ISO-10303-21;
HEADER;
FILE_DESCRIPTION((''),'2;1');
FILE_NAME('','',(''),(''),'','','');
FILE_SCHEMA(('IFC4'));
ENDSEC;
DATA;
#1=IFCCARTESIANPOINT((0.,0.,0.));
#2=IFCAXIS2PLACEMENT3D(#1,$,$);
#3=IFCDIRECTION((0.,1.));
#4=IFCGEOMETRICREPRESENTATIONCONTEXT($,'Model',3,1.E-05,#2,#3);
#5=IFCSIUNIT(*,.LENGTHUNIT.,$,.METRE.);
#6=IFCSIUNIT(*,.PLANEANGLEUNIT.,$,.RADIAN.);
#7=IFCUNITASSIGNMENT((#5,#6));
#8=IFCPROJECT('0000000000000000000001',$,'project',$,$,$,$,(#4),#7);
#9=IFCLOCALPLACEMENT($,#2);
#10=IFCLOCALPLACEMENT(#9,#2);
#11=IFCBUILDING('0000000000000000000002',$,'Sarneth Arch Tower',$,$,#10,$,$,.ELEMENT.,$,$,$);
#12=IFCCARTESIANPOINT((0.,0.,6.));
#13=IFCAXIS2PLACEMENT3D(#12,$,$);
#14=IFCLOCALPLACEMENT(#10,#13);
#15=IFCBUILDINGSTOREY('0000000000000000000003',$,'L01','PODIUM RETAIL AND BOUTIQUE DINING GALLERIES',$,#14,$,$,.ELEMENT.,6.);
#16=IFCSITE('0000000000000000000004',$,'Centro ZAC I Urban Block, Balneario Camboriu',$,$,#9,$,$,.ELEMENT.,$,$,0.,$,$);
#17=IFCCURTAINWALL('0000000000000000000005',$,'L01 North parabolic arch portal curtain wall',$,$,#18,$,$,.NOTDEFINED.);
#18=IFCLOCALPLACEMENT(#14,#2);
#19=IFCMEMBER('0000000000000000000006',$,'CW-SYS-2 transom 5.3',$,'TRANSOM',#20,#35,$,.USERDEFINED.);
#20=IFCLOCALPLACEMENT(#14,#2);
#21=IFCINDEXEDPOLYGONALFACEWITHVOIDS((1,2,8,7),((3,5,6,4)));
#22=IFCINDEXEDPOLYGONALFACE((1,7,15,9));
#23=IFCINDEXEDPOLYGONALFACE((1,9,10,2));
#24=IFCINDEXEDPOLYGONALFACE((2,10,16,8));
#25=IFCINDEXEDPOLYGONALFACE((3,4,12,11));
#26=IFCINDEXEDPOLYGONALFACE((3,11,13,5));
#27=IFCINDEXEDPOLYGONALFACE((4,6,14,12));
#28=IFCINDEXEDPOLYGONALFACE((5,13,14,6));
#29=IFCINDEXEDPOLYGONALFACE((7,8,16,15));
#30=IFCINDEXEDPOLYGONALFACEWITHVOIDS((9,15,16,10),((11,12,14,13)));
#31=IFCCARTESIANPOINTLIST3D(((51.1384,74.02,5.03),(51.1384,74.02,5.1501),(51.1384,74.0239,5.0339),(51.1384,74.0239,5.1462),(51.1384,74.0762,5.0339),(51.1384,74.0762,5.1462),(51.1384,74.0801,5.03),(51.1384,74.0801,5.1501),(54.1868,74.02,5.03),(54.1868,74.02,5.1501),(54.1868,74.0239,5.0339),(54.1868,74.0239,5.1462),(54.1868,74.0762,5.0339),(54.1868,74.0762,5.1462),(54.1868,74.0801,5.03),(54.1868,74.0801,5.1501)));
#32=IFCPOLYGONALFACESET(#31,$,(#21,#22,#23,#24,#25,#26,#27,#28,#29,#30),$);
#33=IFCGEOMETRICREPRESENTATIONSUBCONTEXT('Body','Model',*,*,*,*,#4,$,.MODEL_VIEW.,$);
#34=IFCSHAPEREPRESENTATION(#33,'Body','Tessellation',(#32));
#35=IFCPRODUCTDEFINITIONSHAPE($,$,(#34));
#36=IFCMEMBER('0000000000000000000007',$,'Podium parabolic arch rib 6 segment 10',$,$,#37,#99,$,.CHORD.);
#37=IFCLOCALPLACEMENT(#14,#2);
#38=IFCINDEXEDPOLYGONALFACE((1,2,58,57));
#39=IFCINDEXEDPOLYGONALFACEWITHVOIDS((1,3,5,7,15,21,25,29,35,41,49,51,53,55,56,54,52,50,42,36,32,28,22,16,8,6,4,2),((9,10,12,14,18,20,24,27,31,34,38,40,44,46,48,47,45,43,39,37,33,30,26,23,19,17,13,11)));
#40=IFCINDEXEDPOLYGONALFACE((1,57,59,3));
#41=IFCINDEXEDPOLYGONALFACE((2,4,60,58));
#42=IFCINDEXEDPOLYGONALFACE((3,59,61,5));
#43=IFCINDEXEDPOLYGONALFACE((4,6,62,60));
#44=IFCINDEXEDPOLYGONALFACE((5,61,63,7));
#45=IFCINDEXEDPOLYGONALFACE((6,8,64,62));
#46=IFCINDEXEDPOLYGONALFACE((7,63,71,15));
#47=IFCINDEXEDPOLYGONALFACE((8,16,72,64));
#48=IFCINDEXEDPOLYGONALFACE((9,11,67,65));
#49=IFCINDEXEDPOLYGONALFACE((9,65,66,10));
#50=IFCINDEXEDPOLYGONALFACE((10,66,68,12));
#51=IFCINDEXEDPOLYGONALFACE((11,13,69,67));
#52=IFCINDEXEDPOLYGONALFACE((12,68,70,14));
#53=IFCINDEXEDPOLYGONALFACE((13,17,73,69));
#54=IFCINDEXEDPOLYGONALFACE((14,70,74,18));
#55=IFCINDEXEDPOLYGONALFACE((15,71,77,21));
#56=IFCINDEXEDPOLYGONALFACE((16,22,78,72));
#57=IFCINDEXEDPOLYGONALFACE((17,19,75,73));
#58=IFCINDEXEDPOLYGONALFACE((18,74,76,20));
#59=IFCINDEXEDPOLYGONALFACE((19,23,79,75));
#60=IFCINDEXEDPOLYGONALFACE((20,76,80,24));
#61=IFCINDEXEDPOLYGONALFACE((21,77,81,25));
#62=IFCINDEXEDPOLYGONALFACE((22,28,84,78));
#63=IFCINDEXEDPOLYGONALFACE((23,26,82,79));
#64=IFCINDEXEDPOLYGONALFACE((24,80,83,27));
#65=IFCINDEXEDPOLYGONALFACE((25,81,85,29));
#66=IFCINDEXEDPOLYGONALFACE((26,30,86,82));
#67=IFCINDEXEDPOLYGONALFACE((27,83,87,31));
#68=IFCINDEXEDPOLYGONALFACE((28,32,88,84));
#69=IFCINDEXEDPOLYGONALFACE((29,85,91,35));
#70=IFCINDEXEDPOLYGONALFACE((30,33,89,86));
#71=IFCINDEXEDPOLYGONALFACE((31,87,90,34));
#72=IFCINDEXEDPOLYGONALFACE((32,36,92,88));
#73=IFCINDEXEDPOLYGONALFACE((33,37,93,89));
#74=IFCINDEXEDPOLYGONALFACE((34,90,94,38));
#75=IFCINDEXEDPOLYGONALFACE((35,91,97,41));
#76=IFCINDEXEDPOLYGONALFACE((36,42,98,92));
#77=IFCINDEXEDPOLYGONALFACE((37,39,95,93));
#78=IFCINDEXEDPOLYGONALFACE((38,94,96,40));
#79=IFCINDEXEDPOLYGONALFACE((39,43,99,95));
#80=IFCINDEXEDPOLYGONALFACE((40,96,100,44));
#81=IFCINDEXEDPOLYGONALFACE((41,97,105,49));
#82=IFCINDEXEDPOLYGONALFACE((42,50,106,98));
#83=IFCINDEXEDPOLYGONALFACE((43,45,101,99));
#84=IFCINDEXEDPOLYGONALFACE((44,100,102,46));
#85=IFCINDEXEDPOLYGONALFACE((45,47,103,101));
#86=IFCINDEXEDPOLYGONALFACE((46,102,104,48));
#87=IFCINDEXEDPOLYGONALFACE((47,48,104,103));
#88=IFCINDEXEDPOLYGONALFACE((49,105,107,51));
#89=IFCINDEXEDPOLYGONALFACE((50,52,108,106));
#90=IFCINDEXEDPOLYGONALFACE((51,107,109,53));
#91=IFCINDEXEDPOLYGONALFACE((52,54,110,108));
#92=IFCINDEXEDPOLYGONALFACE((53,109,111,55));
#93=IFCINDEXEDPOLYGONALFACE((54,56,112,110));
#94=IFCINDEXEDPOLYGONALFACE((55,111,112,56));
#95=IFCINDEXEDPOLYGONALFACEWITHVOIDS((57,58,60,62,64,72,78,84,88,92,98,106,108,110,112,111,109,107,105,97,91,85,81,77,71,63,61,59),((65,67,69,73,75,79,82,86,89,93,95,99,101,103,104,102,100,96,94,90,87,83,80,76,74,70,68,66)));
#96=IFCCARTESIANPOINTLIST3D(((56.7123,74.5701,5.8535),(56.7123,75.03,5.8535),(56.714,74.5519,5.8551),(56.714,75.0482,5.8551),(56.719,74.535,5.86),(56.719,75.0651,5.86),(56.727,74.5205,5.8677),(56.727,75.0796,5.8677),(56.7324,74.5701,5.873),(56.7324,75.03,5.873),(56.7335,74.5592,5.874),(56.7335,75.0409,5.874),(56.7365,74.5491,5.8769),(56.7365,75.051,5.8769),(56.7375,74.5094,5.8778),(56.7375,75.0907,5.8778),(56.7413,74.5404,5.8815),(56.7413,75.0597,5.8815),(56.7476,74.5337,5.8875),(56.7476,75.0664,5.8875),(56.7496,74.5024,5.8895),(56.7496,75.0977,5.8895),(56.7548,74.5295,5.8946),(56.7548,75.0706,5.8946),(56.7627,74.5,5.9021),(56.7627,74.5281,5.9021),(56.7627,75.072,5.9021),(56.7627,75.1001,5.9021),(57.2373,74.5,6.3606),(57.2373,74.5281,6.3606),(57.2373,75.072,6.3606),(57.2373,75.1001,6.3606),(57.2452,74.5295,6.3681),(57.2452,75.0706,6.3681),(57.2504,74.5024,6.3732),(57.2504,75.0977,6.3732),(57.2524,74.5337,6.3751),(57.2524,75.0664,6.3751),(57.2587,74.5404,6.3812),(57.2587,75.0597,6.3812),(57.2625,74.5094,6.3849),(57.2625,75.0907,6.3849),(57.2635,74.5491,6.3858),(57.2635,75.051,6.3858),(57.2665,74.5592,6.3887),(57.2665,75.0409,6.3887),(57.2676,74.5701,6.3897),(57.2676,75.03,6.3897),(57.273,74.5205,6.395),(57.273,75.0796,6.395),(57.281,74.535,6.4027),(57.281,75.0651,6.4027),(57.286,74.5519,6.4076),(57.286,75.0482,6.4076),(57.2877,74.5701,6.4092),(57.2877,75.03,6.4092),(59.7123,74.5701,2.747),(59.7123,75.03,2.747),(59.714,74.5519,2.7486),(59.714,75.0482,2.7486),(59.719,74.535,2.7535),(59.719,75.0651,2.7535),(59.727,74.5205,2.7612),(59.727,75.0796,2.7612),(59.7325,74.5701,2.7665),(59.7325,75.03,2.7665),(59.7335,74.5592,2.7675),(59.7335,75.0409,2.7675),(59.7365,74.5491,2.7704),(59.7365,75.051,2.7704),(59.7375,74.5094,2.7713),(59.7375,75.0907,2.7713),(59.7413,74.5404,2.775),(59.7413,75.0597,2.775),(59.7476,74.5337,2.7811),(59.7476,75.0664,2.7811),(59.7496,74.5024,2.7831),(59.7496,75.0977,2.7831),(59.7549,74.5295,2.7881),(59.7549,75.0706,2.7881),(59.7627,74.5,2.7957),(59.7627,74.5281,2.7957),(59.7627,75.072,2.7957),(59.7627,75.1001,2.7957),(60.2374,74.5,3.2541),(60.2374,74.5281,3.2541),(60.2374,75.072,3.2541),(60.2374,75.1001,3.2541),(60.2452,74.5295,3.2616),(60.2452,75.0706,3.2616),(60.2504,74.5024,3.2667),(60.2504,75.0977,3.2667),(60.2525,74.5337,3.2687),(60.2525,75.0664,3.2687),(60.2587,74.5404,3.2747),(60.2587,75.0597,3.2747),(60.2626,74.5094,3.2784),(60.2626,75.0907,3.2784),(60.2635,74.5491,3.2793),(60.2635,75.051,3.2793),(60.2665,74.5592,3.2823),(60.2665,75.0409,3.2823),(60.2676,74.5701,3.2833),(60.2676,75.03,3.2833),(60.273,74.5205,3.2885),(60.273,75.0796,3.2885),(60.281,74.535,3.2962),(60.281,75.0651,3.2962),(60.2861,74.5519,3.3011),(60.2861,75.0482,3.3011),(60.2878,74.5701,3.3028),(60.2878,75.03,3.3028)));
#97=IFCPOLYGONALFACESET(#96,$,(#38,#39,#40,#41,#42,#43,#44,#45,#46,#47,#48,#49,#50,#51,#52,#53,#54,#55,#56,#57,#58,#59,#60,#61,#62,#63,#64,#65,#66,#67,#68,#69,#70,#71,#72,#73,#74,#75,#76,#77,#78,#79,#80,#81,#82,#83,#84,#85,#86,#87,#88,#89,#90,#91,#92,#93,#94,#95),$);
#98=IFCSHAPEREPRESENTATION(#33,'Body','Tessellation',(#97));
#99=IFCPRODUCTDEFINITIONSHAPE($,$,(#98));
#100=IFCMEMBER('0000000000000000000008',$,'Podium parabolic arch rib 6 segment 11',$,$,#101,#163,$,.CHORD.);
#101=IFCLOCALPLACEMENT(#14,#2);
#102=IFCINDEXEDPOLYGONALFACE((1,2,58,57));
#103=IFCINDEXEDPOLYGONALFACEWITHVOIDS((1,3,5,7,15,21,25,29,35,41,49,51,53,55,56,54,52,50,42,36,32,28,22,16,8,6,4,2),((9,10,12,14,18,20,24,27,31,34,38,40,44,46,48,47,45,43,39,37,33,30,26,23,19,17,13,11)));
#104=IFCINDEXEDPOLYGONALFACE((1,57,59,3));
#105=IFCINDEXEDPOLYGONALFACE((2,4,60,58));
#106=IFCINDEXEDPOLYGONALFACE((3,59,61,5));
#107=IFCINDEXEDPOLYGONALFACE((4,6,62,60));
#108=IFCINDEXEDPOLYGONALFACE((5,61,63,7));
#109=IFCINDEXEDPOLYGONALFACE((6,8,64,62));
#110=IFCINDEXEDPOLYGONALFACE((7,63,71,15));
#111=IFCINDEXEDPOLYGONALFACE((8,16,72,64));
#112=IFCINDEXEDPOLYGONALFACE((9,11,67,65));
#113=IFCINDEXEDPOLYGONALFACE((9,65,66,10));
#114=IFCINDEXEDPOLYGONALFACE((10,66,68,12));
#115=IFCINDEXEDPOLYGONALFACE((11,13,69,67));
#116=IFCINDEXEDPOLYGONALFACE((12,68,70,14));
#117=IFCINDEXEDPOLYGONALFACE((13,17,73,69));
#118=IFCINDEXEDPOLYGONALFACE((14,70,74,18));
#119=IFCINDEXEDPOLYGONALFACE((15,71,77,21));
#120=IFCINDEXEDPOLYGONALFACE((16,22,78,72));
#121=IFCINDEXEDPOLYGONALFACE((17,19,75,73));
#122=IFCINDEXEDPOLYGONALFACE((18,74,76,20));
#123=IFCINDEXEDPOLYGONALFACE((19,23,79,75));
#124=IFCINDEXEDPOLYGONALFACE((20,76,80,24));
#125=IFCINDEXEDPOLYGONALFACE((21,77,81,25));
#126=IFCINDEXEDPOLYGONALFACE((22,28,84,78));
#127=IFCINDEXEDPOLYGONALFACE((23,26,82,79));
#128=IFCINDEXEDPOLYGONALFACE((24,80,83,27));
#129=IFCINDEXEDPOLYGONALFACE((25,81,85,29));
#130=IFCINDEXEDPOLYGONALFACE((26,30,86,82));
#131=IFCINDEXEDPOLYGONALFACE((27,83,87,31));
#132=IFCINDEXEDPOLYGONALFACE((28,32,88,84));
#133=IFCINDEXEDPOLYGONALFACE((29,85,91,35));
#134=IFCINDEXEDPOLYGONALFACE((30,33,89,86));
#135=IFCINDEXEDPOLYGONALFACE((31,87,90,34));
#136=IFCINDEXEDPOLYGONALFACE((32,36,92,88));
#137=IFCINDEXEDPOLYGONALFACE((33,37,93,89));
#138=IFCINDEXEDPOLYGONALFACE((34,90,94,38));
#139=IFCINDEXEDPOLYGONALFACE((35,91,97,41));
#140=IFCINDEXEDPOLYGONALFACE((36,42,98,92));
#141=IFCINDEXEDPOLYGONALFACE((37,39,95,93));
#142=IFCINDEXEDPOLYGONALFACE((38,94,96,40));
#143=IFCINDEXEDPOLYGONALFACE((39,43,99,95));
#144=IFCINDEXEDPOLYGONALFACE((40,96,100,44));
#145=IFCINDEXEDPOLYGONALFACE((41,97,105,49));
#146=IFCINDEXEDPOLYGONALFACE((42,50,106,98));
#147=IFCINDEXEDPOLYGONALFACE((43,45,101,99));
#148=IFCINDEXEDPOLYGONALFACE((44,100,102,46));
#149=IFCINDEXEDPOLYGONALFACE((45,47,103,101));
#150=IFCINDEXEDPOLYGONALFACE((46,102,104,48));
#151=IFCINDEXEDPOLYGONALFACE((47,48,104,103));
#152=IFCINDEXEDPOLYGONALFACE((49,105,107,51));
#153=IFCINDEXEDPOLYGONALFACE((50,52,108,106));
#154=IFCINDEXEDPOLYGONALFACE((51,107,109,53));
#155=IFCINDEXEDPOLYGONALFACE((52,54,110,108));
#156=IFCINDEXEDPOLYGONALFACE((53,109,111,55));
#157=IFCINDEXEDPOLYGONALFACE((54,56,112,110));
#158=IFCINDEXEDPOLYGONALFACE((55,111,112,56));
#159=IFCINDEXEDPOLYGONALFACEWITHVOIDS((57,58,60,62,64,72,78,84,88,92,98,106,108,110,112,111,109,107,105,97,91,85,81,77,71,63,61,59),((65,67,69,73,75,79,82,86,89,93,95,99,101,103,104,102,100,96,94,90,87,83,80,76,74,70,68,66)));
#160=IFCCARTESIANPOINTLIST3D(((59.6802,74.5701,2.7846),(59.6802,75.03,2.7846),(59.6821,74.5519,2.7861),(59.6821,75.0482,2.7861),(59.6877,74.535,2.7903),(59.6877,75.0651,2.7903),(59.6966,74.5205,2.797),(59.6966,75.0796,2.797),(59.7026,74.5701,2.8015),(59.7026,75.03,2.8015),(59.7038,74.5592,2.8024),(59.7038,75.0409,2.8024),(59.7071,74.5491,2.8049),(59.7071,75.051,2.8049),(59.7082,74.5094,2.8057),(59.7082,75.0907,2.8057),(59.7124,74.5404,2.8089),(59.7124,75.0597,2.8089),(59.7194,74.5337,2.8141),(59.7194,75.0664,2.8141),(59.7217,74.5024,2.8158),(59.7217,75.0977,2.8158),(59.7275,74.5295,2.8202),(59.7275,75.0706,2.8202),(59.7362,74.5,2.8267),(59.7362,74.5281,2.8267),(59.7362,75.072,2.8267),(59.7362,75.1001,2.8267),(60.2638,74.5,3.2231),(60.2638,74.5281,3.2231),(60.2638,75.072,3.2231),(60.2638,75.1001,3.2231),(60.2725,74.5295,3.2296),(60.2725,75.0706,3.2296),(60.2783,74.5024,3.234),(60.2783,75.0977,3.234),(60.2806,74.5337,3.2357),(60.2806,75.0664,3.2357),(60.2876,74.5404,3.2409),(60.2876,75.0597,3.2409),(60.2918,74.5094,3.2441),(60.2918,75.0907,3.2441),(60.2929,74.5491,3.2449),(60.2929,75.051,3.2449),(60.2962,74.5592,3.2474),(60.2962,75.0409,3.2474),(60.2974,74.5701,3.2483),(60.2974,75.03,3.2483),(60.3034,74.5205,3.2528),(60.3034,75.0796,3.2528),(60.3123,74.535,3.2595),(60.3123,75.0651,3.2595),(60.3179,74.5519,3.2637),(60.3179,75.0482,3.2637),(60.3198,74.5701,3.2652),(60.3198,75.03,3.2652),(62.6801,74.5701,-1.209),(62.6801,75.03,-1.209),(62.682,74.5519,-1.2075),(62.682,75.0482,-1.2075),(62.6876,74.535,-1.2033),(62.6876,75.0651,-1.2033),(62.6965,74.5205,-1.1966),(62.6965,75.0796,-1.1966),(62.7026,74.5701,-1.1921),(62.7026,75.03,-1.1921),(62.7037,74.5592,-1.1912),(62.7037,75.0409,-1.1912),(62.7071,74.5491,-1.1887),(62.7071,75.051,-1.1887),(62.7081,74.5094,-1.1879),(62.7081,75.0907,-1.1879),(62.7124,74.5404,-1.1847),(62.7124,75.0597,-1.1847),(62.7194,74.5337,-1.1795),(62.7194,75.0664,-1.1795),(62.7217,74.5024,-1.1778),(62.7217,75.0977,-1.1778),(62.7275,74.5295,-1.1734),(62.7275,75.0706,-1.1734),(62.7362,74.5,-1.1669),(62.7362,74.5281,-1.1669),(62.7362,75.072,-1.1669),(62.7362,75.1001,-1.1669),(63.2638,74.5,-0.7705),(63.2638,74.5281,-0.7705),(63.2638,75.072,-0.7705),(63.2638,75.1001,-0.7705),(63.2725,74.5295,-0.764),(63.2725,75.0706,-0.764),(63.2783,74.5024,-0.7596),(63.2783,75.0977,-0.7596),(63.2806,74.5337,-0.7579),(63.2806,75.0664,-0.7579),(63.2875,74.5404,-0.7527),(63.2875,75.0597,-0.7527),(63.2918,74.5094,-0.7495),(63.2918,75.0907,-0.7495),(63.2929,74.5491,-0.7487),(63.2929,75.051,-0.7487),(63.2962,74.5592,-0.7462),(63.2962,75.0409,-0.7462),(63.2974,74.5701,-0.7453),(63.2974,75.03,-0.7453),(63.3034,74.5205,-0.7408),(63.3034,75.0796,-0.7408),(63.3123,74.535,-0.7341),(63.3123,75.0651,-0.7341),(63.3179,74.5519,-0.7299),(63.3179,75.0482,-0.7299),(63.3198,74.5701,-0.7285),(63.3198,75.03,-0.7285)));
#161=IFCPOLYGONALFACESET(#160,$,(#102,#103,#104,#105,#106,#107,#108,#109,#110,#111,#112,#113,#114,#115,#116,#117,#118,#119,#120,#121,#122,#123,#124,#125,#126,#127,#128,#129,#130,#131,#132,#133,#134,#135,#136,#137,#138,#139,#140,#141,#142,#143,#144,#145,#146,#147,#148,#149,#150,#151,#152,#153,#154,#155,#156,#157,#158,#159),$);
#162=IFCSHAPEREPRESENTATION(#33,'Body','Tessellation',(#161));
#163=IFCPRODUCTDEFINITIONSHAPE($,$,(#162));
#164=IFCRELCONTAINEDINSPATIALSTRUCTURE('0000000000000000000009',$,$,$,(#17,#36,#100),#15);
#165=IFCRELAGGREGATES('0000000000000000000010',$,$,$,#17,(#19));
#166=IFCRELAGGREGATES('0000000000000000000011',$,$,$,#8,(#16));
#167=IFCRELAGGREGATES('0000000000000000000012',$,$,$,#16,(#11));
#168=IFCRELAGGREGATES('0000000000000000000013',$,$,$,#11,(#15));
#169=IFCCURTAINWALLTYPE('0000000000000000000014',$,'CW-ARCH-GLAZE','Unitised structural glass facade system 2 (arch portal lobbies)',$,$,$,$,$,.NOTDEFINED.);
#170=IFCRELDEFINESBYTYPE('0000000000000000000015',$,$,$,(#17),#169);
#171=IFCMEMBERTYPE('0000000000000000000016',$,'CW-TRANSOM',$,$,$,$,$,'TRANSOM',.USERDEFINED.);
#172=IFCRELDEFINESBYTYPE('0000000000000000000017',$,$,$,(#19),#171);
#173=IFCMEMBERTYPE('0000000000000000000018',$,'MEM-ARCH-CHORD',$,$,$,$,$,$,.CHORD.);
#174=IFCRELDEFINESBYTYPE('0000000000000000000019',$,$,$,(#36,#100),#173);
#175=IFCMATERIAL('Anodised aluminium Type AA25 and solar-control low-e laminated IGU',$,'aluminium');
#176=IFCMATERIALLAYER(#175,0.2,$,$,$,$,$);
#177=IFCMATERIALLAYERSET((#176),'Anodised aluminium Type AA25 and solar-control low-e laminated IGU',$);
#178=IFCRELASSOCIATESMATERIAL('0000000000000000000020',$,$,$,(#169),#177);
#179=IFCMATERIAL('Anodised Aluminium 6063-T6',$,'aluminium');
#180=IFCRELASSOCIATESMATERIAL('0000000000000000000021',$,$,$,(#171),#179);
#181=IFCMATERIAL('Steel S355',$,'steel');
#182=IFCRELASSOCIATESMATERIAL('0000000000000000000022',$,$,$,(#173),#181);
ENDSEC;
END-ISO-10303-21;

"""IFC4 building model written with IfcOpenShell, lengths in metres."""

from ifc_helpers import new_model, si_unit, direction, frame, origin, origin_2d, place, context, subcontext, project, spatial, hollow_rectangle, extrude, material, layer, layer_set, material_profile, profile_set, type_object, element, aggregate, save


model = new_model("IFC4")

# Units and contexts
model_context = context("Model", 3, precision=1e-05, world=origin(), true_north=direction((0.0, 1.0)))
body_context = subcontext(model_context, "Body", "Model", "MODEL_VIEW")
ifc_project = project(units=[si_unit("LENGTHUNIT", "METRE"), si_unit("PLANEANGLEUNIT", "RADIAN")], contexts=[model_context])

# Site, building, storey
site_placement = place(None, origin())
site = spatial("IfcSite", under=ifc_project, at=site_placement, Name="Centro ZAC I Urban Block, Balneario Camboriu", CompositionType="ELEMENT", RefElevation=0.0)
building_placement = place(site_placement, origin())
building = spatial("IfcBuilding", under=site, at=building_placement, Name="Sarneth Arch Tower", CompositionType="ELEMENT")
storey_placement = place(building_placement, frame((0.0, 0.0, 6.0)))
storey = spatial("IfcBuildingStorey", under=building, at=storey_placement, Name="L01", Description="PODIUM RETAIL AND BOUTIQUE DINING GALLERIES", CompositionType="ELEMENT", Elevation=6.0)

# Curtain wall, member
ifc_material_1 = material(Name="Anodised aluminium Type AA25 and solar-control low-e laminated IGU", Category="aluminium")
ifc_layer_1 = layer(ifc_material_1, 0.2)
ifc_layer_set_1 = layer_set([ifc_layer_1], Name="Anodised aluminium Type AA25 and solar-control low-e laminated IGU")
curtain_wall_type = type_object("IfcCurtainWallType", Name="CW-ARCH-GLAZE", Description="Unitised structural glass facade system 2 (arch portal lobbies)", PredefinedType="NOTDEFINED", material=ifc_layer_set_1)
curtain_wall_placement = place(storey_placement, origin())
curtain_wall = element("IfcCurtainWall", 1, at=curtain_wall_placement, inside=storey, type_object=curtain_wall_type, Name="L01 North parabolic arch portal curtain wall", PredefinedType="NOTDEFINED")
ifc_material_2 = material(Name="Anodised Aluminium 6063-T6", Category="aluminium")
ifc_material_profile_1 = material_profile(ifc_material_2, hollow_rectangle(XDim=0.0601, YDim=0.1201, WallThickness=0.0039, at=origin_2d()), Name="AL-TRAN-120x60x4")
ifc_profile_set_1 = profile_set([ifc_material_profile_1], Name="Anodised Aluminium 6063-T6")
member_type_1 = type_object("IfcMemberType", Name="CW-TRANSOM", ElementType="TRANSOM", PredefinedType="USERDEFINED", material=ifc_profile_set_1)
member_1_placement = place(storey_placement, frame((54.1868, 74.05, 5.0901), z_axis=(-1.0, 0.0, 0.0), x_axis=(0.0, -1.0, 0.0)))
member_1 = element("IfcMember", 2, at=member_1_placement, type_object=member_type_1, Name="CW-SYS-2 transom 5.3", ObjectType="TRANSOM", PredefinedType="USERDEFINED", context=body_context, shape_type="SweptSolid", body=[
    extrude(hollow_rectangle(XDim=0.0601, YDim=0.1201, WallThickness=0.0039, at=origin_2d()), origin(), (0.0, 0.0, 1.0), 3.0483),
])

# Members
ifc_material_3 = material(Name="Steel S355", Category="steel")
ifc_material_profile_2 = material_profile(ifc_material_3, hollow_rectangle(XDim=0.6001, YDim=0.8, WallThickness=0.0281, InnerFilletRadius=0.042, OuterFilletRadius=0.0701, at=origin_2d()), Name="RHS800x600x28")
ifc_profile_set_2 = profile_set([ifc_material_profile_2], Name="Steel S355")
member_type_2 = type_object("IfcMemberType", Name="MEM-ARCH-CHORD", PredefinedType="CHORD", material=ifc_profile_set_2)
member_2_placement = place(storey_placement, frame((57.0, 74.8, 6.1313), z_axis=(0.694675, 0.0, -0.719324), x_axis=(0.0, 1.0, 0.0)))
element("IfcMember", 3, at=member_2_placement, inside=storey, type_object=member_type_2, Name="Podium parabolic arch rib 6 segment 10", PredefinedType="CHORD", context=body_context, shape_type="SweptSolid", body=[
    extrude(hollow_rectangle(XDim=0.6001, YDim=0.8, WallThickness=0.0281, InnerFilletRadius=0.042, OuterFilletRadius=0.0701, at=origin_2d()), origin(), (0.0, 0.0, 1.0), 4.3186),
])
member_3_placement = place(storey_placement, frame((60.0, 74.8, 3.0249), z_axis=(0.60061, 0.0, -0.799542), x_axis=(0.0, 1.0, 0.0)))
element("IfcMember", 4, at=member_3_placement, inside=storey, type_object=member_type_2, Name="Podium parabolic arch rib 6 segment 11", PredefinedType="CHORD", context=body_context, shape_type="SweptSolid", body=[
    extrude(hollow_rectangle(XDim=0.6001, YDim=0.8, WallThickness=0.0281, InnerFilletRadius=0.042, OuterFilletRadius=0.0701, at=origin_2d()), origin(), (0.0, 0.0, 1.0), 4.9949),
])

aggregate(curtain_wall, [member_1])

save(model, "model.ifc")
